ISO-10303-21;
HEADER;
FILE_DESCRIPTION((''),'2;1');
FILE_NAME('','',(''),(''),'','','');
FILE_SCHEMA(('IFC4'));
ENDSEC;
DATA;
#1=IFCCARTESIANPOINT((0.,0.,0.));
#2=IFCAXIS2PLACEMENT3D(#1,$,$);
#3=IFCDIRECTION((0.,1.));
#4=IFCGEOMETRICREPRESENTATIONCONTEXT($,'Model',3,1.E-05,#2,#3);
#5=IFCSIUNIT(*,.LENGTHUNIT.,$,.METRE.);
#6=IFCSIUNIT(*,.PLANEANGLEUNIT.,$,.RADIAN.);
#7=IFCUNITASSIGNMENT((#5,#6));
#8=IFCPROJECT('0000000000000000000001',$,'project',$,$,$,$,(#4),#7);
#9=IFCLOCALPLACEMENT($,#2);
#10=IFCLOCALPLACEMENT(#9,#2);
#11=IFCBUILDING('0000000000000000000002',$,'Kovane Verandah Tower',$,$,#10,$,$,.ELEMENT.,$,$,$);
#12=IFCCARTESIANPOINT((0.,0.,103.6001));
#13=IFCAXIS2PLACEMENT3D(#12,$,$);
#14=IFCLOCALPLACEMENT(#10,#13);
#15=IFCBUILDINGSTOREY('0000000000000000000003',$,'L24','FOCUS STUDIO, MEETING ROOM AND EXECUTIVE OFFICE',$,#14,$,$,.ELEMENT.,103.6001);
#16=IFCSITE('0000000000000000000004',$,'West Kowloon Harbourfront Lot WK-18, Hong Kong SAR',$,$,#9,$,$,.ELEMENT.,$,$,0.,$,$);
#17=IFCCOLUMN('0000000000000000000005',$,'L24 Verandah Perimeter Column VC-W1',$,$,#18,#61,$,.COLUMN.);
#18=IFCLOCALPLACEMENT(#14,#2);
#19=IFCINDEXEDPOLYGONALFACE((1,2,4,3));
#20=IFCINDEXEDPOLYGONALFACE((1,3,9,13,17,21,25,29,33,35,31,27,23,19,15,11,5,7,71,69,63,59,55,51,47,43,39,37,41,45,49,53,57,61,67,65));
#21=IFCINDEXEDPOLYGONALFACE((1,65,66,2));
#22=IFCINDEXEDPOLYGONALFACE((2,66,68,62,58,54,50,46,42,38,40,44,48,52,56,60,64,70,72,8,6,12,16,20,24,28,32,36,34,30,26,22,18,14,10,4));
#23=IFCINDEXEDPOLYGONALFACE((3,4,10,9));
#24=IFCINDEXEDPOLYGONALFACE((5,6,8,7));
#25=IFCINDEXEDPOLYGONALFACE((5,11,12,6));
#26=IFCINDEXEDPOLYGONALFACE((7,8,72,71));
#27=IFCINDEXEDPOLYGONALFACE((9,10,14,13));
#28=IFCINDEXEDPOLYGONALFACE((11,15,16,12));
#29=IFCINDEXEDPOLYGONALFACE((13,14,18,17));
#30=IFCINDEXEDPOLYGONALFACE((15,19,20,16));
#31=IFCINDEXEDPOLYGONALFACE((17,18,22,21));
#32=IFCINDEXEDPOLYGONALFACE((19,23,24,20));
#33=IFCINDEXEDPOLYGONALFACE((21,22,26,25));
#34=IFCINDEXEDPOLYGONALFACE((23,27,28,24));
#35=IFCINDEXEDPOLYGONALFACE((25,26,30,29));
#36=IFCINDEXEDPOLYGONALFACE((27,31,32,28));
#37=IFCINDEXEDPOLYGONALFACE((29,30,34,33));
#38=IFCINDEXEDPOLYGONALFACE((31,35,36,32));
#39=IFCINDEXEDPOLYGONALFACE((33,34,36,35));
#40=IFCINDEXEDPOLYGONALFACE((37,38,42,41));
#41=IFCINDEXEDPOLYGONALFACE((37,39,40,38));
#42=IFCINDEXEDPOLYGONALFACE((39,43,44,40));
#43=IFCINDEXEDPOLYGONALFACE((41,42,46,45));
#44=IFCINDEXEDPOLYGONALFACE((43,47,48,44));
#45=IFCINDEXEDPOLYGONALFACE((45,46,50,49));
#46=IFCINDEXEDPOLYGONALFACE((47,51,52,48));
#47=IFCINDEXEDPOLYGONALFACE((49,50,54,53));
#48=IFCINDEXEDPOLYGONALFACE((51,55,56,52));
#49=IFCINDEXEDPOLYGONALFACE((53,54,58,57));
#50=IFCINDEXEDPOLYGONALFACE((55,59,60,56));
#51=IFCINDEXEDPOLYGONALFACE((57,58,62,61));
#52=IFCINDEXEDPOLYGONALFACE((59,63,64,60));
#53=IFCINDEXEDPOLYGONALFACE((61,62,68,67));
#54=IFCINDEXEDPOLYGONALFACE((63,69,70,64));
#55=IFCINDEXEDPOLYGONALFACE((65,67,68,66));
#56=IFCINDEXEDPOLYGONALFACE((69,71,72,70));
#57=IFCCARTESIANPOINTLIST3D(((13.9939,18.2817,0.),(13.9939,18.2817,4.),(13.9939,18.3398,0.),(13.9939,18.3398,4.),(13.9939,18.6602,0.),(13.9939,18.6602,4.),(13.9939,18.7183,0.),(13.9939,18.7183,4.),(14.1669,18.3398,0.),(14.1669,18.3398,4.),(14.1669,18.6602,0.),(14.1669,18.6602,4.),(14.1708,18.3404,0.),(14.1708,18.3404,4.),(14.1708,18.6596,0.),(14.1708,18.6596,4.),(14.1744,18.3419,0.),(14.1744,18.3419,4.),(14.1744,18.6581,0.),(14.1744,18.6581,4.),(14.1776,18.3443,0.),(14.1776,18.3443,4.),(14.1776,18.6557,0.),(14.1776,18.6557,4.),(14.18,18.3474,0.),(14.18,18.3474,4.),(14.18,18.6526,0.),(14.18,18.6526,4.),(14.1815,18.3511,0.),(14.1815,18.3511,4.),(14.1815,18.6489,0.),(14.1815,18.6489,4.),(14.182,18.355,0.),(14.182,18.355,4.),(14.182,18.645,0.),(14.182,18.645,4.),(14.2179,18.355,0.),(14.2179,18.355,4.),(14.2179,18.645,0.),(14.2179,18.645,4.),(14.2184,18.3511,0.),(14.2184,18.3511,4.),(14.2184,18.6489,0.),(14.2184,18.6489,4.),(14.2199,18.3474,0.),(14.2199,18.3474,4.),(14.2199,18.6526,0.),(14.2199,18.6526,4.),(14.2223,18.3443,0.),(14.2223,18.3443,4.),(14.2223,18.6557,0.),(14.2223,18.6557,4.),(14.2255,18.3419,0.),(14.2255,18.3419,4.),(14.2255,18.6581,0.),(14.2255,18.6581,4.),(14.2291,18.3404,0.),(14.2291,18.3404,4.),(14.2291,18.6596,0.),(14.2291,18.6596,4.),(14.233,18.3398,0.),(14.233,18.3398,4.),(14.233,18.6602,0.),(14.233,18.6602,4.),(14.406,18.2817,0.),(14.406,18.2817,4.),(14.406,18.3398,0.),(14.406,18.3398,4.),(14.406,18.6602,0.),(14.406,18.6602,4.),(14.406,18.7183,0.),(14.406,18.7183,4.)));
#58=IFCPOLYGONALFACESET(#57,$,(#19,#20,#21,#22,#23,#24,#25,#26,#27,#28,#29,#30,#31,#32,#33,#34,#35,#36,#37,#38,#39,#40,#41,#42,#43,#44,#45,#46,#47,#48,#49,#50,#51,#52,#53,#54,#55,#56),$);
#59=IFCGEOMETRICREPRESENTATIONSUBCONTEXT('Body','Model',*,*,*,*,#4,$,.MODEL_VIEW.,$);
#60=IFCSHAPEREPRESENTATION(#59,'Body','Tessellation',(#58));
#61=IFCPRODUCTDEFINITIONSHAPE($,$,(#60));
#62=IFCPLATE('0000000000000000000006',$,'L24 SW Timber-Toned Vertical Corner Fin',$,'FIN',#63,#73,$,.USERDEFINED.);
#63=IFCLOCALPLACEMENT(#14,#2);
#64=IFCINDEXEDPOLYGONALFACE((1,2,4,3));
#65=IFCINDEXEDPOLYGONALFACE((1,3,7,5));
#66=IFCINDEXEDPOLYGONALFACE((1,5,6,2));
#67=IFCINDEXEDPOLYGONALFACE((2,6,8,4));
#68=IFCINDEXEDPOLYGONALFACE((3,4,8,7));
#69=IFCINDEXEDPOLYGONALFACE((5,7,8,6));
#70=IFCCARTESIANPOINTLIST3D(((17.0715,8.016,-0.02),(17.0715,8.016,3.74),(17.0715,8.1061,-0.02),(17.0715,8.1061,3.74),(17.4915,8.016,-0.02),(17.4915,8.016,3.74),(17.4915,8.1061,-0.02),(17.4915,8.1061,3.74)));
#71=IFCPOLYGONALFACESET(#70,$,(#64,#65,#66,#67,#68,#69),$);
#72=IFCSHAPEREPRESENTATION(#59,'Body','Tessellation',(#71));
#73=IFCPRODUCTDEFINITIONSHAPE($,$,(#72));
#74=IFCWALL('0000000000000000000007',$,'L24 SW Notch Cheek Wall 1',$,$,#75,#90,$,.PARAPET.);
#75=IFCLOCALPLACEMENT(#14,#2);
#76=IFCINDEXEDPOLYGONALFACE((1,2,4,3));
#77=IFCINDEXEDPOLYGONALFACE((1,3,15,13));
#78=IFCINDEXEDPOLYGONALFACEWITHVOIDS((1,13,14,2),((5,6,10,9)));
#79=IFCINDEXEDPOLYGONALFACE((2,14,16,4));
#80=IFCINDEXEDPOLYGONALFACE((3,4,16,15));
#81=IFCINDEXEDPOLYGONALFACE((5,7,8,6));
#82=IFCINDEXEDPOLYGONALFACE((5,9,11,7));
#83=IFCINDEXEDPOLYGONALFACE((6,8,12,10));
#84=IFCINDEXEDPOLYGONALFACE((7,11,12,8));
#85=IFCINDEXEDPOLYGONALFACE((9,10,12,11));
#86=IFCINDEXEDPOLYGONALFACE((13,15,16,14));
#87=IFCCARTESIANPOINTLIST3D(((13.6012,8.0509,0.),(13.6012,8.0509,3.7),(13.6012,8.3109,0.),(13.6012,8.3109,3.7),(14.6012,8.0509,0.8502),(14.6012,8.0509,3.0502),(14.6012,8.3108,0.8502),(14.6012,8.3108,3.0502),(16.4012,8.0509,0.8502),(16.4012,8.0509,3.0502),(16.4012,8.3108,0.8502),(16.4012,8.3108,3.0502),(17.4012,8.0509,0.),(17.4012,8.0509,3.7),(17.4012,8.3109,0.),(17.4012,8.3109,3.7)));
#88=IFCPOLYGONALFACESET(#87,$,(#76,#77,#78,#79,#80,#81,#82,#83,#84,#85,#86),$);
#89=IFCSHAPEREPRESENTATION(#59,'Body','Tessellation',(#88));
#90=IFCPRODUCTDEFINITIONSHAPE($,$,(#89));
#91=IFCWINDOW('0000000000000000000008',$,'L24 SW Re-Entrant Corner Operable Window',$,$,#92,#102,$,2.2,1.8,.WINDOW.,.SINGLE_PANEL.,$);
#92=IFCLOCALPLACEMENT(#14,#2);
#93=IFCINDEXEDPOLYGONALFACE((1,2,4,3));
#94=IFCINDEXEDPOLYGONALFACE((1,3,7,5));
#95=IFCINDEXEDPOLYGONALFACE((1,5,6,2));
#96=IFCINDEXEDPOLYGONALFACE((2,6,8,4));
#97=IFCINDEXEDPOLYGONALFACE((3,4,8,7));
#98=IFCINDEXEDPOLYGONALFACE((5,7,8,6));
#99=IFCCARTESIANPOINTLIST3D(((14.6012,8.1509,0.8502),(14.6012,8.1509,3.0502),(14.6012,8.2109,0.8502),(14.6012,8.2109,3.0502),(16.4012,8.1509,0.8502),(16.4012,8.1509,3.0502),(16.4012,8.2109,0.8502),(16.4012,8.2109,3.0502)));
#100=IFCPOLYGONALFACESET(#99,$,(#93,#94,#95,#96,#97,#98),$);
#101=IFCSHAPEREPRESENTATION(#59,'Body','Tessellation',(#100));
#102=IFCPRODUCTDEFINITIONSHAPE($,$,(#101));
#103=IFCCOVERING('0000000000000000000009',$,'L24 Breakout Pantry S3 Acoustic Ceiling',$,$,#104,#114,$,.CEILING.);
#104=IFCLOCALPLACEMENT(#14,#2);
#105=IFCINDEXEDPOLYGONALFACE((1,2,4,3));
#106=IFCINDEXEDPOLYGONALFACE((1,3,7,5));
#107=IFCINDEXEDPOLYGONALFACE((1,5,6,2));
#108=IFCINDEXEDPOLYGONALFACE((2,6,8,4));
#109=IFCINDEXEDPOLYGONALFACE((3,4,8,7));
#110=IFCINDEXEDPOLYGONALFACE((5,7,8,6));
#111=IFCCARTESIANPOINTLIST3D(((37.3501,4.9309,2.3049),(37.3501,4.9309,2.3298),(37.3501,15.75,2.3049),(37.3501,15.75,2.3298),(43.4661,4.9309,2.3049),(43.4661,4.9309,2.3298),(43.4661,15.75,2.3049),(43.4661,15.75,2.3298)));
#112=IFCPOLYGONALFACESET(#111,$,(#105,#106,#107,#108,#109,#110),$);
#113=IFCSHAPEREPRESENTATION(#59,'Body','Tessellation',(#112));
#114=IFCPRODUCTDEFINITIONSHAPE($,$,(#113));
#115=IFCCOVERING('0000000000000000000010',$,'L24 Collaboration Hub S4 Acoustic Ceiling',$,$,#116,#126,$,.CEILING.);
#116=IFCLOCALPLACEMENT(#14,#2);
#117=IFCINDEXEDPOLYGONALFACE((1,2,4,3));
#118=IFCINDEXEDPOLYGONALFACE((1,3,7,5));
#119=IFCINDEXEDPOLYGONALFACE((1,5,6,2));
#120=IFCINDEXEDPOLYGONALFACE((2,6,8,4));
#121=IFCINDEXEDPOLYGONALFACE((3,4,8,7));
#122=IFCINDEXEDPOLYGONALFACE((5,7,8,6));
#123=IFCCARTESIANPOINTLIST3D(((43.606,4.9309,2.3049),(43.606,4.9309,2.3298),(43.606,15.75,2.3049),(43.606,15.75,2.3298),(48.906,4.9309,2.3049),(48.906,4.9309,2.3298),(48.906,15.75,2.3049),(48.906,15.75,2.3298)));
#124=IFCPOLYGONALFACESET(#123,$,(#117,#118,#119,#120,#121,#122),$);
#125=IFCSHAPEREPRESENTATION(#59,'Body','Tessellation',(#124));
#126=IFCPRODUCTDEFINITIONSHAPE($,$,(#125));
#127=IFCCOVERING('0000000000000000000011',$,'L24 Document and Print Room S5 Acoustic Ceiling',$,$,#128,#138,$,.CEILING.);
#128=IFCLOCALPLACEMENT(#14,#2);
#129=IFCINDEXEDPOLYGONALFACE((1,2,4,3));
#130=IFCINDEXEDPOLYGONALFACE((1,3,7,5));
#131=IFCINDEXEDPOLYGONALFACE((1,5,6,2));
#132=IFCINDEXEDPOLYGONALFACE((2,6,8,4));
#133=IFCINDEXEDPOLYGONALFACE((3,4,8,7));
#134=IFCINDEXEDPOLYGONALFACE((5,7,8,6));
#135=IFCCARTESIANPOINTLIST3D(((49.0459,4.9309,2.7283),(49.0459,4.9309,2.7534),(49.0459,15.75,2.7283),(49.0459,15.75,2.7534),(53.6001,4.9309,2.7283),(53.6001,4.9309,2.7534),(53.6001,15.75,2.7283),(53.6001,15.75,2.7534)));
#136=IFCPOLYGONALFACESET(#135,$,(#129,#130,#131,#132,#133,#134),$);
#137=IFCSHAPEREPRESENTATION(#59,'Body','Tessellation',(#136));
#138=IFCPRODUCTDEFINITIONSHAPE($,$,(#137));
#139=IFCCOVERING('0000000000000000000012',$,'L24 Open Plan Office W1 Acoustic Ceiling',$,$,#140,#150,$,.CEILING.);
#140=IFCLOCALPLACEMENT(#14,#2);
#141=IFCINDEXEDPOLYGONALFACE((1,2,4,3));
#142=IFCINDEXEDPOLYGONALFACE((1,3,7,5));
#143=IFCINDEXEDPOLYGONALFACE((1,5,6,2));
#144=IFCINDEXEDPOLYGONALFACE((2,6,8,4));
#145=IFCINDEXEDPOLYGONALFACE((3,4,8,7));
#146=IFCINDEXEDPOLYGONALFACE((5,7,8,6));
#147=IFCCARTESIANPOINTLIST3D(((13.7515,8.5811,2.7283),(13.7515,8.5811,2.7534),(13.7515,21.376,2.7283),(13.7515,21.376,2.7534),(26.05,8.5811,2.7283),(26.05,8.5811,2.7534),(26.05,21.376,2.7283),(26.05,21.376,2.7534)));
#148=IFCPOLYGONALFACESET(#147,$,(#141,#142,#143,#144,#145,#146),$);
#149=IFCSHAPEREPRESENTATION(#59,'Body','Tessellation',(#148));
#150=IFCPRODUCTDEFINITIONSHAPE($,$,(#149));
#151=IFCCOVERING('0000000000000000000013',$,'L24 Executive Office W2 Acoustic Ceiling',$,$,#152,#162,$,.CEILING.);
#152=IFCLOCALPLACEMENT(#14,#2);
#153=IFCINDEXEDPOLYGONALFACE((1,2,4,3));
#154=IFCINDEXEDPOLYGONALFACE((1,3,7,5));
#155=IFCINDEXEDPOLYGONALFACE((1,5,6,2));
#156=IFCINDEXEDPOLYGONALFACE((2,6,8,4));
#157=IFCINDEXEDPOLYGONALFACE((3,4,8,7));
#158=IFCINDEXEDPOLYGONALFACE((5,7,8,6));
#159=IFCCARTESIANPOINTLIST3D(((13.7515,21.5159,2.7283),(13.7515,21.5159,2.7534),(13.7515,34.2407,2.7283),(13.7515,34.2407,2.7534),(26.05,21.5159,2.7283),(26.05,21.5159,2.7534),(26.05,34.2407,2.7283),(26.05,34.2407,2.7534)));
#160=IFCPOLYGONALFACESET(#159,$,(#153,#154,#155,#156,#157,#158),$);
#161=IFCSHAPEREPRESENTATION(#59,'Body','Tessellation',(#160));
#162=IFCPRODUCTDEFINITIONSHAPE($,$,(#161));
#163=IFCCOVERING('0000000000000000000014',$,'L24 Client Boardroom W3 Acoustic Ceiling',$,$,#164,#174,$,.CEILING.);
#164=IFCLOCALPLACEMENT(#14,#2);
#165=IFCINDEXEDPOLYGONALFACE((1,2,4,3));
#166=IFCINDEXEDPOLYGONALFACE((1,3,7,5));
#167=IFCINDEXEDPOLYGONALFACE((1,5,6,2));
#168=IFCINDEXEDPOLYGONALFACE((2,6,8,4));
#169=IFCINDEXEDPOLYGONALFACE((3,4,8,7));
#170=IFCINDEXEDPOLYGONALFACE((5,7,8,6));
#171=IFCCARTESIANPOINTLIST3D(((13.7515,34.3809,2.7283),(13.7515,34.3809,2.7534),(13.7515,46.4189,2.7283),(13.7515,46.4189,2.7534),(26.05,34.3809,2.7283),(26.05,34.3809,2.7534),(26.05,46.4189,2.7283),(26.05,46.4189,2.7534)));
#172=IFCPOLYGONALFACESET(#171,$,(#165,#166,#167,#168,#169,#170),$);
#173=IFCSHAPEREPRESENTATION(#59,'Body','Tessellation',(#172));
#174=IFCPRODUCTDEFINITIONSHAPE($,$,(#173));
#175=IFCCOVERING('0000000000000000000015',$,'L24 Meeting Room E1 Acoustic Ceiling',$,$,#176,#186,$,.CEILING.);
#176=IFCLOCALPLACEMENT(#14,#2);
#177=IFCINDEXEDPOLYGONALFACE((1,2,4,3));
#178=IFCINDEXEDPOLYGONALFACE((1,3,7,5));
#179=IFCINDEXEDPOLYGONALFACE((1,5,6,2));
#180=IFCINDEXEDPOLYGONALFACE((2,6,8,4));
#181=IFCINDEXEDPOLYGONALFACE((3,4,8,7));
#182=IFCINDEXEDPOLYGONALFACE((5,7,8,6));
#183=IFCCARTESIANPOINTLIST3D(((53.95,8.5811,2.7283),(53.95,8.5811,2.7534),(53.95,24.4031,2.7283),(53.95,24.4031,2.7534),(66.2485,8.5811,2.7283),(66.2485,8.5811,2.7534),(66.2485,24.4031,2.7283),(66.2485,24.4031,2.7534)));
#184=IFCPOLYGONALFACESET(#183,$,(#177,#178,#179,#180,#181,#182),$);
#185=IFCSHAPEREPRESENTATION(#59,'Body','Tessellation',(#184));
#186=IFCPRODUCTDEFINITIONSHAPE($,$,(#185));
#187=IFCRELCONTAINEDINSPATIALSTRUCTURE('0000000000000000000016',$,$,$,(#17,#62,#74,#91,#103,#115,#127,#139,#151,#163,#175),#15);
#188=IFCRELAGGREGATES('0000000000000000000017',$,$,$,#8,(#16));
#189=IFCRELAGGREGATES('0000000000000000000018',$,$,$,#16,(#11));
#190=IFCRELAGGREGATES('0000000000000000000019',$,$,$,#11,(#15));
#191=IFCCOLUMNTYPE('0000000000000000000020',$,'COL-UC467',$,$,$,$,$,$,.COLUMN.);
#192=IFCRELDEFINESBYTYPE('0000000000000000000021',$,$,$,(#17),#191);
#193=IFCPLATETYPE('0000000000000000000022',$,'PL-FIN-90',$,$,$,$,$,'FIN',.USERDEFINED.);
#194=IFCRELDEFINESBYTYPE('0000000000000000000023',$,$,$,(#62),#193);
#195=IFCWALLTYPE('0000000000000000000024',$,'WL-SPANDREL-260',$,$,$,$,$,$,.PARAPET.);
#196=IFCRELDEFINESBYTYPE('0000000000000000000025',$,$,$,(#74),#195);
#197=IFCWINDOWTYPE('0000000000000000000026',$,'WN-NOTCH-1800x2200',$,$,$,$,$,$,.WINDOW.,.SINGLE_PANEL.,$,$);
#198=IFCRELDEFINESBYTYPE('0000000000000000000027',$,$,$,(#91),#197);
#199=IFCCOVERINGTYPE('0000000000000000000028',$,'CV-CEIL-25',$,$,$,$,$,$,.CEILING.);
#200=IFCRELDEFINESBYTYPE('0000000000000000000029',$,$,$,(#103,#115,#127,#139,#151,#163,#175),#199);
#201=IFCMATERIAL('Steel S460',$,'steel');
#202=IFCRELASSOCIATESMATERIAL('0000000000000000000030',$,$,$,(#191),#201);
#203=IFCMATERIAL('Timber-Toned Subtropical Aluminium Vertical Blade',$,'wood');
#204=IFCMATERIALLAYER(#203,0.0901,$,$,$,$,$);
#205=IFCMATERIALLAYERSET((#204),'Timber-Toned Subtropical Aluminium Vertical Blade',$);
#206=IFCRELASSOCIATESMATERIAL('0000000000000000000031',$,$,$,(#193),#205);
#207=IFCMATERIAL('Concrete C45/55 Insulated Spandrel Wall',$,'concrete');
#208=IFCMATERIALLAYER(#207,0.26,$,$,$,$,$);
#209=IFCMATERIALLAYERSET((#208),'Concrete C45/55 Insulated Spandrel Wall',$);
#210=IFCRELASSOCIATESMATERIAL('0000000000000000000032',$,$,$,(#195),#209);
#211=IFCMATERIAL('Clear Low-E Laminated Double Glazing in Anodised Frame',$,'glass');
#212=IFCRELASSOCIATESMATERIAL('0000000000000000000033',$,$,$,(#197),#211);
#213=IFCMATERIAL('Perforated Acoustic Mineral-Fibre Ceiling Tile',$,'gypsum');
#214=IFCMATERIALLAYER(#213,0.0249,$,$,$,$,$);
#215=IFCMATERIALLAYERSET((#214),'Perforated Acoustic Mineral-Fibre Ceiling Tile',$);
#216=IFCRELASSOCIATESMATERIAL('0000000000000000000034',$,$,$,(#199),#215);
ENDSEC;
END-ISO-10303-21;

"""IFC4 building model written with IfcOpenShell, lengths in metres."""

from ifc_helpers import new_model, si_unit, direction, frame, frame_2d, origin, origin_2d, place, context, subcontext, project, spatial, polyline, rectangle, i_section, outline, extrude, material, layer, layer_set, material_profile, profile_set, type_object, element, fill, save


model = new_model("IFC4")

# Units and contexts
model_context = context("Model", 3, precision=1e-05, world=origin(), true_north=direction((0.0, 1.0)))
body_context = subcontext(model_context, "Body", "Model", "MODEL_VIEW")
ifc_project = project(units=[si_unit("LENGTHUNIT", "METRE"), si_unit("PLANEANGLEUNIT", "RADIAN")], contexts=[model_context])

# Site, building, storey
site_placement = place(None, origin())
site = spatial("IfcSite", under=ifc_project, at=site_placement, Name="West Kowloon Harbourfront Lot WK-18, Hong Kong SAR", CompositionType="ELEMENT", RefElevation=0.0)
building_placement = place(site_placement, origin())
building = spatial("IfcBuilding", under=site, at=building_placement, Name="Kovane Verandah Tower", CompositionType="ELEMENT")
storey_placement = place(building_placement, frame((0.0, 0.0, 103.6001)))
storey = spatial("IfcBuildingStorey", under=building, at=storey_placement, Name="L24", Description="FOCUS STUDIO, MEETING ROOM AND EXECUTIVE OFFICE", CompositionType="ELEMENT", Elevation=103.6001)

# Column
ifc_material_1 = material(Name="Steel S460", Category="steel")
ifc_material_profile = material_profile(ifc_material_1, i_section(OverallWidth=0.4121, OverallDepth=0.4365, WebThickness=0.0359, FlangeThickness=0.0581, FilletRadius=0.0151, at=origin_2d()), Name="UC356x406x467")
ifc_profile_set = profile_set([ifc_material_profile], Name="Steel S460")
column_type = type_object("IfcColumnType", Name="COL-UC467", PredefinedType="COLUMN", material=ifc_profile_set)
column_placement = place(storey_placement, frame((14.2, 18.5, 0.0), z_axis=(0.0, 0.0, 1.0), x_axis=(1.0, 0.0, 0.0)))
element("IfcColumn", 1, at=column_placement, inside=storey, type_object=column_type, Name="L24 Verandah Perimeter Column VC-W1", PredefinedType="COLUMN", context=body_context, shape_type="SweptSolid", body=[
    extrude(i_section(OverallWidth=0.4121, OverallDepth=0.4365, WebThickness=0.0359, FlangeThickness=0.0581, FilletRadius=0.0151, at=origin_2d()), origin(), (0.0, 0.0, 1.0), 4.0),
])

# Plate
ifc_material_2 = material(Name="Timber-Toned Subtropical Aluminium Vertical Blade", Category="wood")
ifc_layer_1 = layer(ifc_material_2, 0.0901)
ifc_layer_set_1 = layer_set([ifc_layer_1], Name="Timber-Toned Subtropical Aluminium Vertical Blade")
plate_type = type_object("IfcPlateType", Name="PL-FIN-90", ElementType="FIN", PredefinedType="USERDEFINED", material=ifc_layer_set_1)
plate_placement = place(storey_placement, frame((17.2815, 8.061, -0.02), z_axis=(0.0, 0.0, 1.0), x_axis=(1.0, 0.0, 0.0)))
element("IfcPlate", 2, at=plate_placement, inside=storey, type_object=plate_type, Name="L24 SW Timber-Toned Vertical Corner Fin", ObjectType="FIN", PredefinedType="USERDEFINED", context=body_context, shape_type="SweptSolid", body=[
    extrude(rectangle(XDim=0.4199, YDim=0.0901, at=origin_2d()), origin(), (0.0, 0.0, 1.0), 3.76),
])

# Wall, opening, window
ifc_material_3 = material(Name="Concrete C45/55 Insulated Spandrel Wall", Category="concrete")
ifc_layer_2 = layer(ifc_material_3, 0.26)
ifc_layer_set_2 = layer_set([ifc_layer_2], Name="Concrete C45/55 Insulated Spandrel Wall")
wall_type = type_object("IfcWallType", Name="WL-SPANDREL-260", PredefinedType="PARAPET", material=ifc_layer_set_2)
wall_placement = place(storey_placement, frame((13.6013, 8.1809, 0.0), z_axis=(0.0, 0.0, 1.0), x_axis=(1.0, 0.0, 0.0)))
wall = element("IfcWall", 3, at=wall_placement, inside=storey, type_object=wall_type, Name="L24 SW Notch Cheek Wall 1", PredefinedType="PARAPET", context=body_context, shape_type="SweptSolid", body=[
    extrude(rectangle(XDim=3.8, YDim=0.26, at=frame_2d((1.8999, 0.0))), origin(), (0.0, 0.0, 1.0), 3.7),
])
opening_placement = place(wall_placement, frame((1.0, 0.0, 0.8501)))
opening = element("IfcOpeningElement", 4, at=opening_placement, cuts=wall, PredefinedType="OPENING", context=body_context, shape_type="SweptSolid", body=[
    extrude(rectangle(XDim=1.8, YDim=2.2, at=frame_2d((0.8999, 1.1001))), frame((0.0, 0.1299, 0.0), z_axis=(0.0, -1.0, 0.0), x_axis=(1.0, 0.0, 0.0)), (0.0, 0.0, 1.0), 0.26),
])
ifc_material_4 = material(Name="Clear Low-E Laminated Double Glazing in Anodised Frame", Category="glass")
window_type = type_object("IfcWindowType", Name="WN-NOTCH-1800x2200", PartitioningType="SINGLE_PANEL", PredefinedType="WINDOW", material=ifc_material_4)
window_placement = place(opening_placement, origin())
window = element("IfcWindow", 5, at=window_placement, inside=storey, type_object=window_type, Name="L24 SW Re-Entrant Corner Operable Window", OverallHeight=2.2, OverallWidth=1.8, PartitioningType="SINGLE_PANEL", PredefinedType="WINDOW", context=body_context, shape_type="SweptSolid", body=[
    extrude(rectangle(XDim=1.8, YDim=2.2, at=frame_2d((0.8999, 1.1001))), frame((0.0, 0.03, 0.0), z_axis=(0.0, -1.0, 0.0), x_axis=(1.0, 0.0, 0.0)), (0.0, 0.0, 1.0), 0.0601),
])
fill(opening, window)

# Coverings
ifc_material_5 = material(Name="Perforated Acoustic Mineral-Fibre Ceiling Tile", Category="gypsum")
ifc_layer_3 = layer(ifc_material_5, 0.0249)
ifc_layer_set_3 = layer_set([ifc_layer_3], Name="Perforated Acoustic Mineral-Fibre Ceiling Tile")
covering_type_1 = type_object("IfcCoveringType", Name="CV-CEIL-25", PredefinedType="CEILING", material=ifc_layer_set_3)
covering_1_placement = place(storey_placement, frame((0.0, 0.0, 2.3049)))
element("IfcCovering", 6, at=covering_1_placement, inside=storey, type_object=covering_type_1, Name="L24 Breakout Pantry S3 Acoustic Ceiling", PredefinedType="CEILING", context=body_context, shape_type="SweptSolid", body=[
    extrude(outline(polyline([(37.3501, 4.9309), (43.4661, 4.9309), (43.4661, 15.75), (37.3501, 15.75), (37.3501, 4.9309)])), origin(), (0.0, 0.0, 1.0), 0.0249),
])
covering_2_placement = place(storey_placement, frame((0.0, 0.0, 2.3049)))
element("IfcCovering", 7, at=covering_2_placement, inside=storey, type_object=covering_type_1, Name="L24 Collaboration Hub S4 Acoustic Ceiling", PredefinedType="CEILING", context=body_context, shape_type="SweptSolid", body=[
    extrude(outline(polyline([(43.606, 4.9309), (48.906, 4.9309), (48.906, 15.75), (43.606, 15.75), (43.606, 4.9309)])), origin(), (0.0, 0.0, 1.0), 0.0249),
])
covering_3_placement = place(storey_placement, frame((0.0, 0.0, 2.7283)))
element("IfcCovering", 8, at=covering_3_placement, inside=storey, type_object=covering_type_1, Name="L24 Document and Print Room S5 Acoustic Ceiling", PredefinedType="CEILING", context=body_context, shape_type="SweptSolid", body=[
    extrude(outline(polyline([(49.0459, 4.9309), (53.6001, 4.9309), (53.6001, 15.75), (49.0459, 15.75), (49.0459, 4.9309)])), origin(), (0.0, 0.0, 1.0), 0.0251),
])
covering_4_placement = place(storey_placement, frame((0.0, 0.0, 2.7283)))
element("IfcCovering", 9, at=covering_4_placement, inside=storey, type_object=covering_type_1, Name="L24 Open Plan Office W1 Acoustic Ceiling", PredefinedType="CEILING", context=body_context, shape_type="SweptSolid", body=[
    extrude(outline(polyline([(13.7515, 8.5811), (26.05, 8.5811), (26.05, 21.376), (13.7515, 21.376), (13.7515, 8.5811)])), origin(), (0.0, 0.0, 1.0), 0.0251),
])
covering_5_placement = place(storey_placement, frame((0.0, 0.0, 2.7283)))
element("IfcCovering", 10, at=covering_5_placement, inside=storey, type_object=covering_type_1, Name="L24 Executive Office W2 Acoustic Ceiling", PredefinedType="CEILING", context=body_context, shape_type="SweptSolid", body=[
    extrude(outline(polyline([(13.7515, 21.5159), (26.05, 21.5159), (26.05, 34.2407), (13.7515, 34.2407), (13.7515, 21.5159)])), origin(), (0.0, 0.0, 1.0), 0.0251),
])
covering_6_placement = place(storey_placement, frame((0.0, 0.0, 2.7283)))
element("IfcCovering", 11, at=covering_6_placement, inside=storey, type_object=covering_type_1, Name="L24 Client Boardroom W3 Acoustic Ceiling", PredefinedType="CEILING", context=body_context, shape_type="SweptSolid", body=[
    extrude(outline(polyline([(13.7515, 34.3809), (26.05, 34.3809), (26.05, 46.4189), (13.7515, 46.4189), (13.7515, 34.3809)])), origin(), (0.0, 0.0, 1.0), 0.0251),
])
covering_7_placement = place(storey_placement, frame((0.0, 0.0, 2.7283)))
element("IfcCovering", 12, at=covering_7_placement, inside=storey, type_object=covering_type_1, Name="L24 Meeting Room E1 Acoustic Ceiling", PredefinedType="CEILING", context=body_context, shape_type="SweptSolid", body=[
    extrude(outline(polyline([(53.95, 8.5811), (66.2485, 8.5811), (66.2485, 24.4031), (53.95, 24.4031), (53.95, 8.5811)])), origin(), (0.0, 0.0, 1.0), 0.0251),
])

save(model, "model.ifc")
